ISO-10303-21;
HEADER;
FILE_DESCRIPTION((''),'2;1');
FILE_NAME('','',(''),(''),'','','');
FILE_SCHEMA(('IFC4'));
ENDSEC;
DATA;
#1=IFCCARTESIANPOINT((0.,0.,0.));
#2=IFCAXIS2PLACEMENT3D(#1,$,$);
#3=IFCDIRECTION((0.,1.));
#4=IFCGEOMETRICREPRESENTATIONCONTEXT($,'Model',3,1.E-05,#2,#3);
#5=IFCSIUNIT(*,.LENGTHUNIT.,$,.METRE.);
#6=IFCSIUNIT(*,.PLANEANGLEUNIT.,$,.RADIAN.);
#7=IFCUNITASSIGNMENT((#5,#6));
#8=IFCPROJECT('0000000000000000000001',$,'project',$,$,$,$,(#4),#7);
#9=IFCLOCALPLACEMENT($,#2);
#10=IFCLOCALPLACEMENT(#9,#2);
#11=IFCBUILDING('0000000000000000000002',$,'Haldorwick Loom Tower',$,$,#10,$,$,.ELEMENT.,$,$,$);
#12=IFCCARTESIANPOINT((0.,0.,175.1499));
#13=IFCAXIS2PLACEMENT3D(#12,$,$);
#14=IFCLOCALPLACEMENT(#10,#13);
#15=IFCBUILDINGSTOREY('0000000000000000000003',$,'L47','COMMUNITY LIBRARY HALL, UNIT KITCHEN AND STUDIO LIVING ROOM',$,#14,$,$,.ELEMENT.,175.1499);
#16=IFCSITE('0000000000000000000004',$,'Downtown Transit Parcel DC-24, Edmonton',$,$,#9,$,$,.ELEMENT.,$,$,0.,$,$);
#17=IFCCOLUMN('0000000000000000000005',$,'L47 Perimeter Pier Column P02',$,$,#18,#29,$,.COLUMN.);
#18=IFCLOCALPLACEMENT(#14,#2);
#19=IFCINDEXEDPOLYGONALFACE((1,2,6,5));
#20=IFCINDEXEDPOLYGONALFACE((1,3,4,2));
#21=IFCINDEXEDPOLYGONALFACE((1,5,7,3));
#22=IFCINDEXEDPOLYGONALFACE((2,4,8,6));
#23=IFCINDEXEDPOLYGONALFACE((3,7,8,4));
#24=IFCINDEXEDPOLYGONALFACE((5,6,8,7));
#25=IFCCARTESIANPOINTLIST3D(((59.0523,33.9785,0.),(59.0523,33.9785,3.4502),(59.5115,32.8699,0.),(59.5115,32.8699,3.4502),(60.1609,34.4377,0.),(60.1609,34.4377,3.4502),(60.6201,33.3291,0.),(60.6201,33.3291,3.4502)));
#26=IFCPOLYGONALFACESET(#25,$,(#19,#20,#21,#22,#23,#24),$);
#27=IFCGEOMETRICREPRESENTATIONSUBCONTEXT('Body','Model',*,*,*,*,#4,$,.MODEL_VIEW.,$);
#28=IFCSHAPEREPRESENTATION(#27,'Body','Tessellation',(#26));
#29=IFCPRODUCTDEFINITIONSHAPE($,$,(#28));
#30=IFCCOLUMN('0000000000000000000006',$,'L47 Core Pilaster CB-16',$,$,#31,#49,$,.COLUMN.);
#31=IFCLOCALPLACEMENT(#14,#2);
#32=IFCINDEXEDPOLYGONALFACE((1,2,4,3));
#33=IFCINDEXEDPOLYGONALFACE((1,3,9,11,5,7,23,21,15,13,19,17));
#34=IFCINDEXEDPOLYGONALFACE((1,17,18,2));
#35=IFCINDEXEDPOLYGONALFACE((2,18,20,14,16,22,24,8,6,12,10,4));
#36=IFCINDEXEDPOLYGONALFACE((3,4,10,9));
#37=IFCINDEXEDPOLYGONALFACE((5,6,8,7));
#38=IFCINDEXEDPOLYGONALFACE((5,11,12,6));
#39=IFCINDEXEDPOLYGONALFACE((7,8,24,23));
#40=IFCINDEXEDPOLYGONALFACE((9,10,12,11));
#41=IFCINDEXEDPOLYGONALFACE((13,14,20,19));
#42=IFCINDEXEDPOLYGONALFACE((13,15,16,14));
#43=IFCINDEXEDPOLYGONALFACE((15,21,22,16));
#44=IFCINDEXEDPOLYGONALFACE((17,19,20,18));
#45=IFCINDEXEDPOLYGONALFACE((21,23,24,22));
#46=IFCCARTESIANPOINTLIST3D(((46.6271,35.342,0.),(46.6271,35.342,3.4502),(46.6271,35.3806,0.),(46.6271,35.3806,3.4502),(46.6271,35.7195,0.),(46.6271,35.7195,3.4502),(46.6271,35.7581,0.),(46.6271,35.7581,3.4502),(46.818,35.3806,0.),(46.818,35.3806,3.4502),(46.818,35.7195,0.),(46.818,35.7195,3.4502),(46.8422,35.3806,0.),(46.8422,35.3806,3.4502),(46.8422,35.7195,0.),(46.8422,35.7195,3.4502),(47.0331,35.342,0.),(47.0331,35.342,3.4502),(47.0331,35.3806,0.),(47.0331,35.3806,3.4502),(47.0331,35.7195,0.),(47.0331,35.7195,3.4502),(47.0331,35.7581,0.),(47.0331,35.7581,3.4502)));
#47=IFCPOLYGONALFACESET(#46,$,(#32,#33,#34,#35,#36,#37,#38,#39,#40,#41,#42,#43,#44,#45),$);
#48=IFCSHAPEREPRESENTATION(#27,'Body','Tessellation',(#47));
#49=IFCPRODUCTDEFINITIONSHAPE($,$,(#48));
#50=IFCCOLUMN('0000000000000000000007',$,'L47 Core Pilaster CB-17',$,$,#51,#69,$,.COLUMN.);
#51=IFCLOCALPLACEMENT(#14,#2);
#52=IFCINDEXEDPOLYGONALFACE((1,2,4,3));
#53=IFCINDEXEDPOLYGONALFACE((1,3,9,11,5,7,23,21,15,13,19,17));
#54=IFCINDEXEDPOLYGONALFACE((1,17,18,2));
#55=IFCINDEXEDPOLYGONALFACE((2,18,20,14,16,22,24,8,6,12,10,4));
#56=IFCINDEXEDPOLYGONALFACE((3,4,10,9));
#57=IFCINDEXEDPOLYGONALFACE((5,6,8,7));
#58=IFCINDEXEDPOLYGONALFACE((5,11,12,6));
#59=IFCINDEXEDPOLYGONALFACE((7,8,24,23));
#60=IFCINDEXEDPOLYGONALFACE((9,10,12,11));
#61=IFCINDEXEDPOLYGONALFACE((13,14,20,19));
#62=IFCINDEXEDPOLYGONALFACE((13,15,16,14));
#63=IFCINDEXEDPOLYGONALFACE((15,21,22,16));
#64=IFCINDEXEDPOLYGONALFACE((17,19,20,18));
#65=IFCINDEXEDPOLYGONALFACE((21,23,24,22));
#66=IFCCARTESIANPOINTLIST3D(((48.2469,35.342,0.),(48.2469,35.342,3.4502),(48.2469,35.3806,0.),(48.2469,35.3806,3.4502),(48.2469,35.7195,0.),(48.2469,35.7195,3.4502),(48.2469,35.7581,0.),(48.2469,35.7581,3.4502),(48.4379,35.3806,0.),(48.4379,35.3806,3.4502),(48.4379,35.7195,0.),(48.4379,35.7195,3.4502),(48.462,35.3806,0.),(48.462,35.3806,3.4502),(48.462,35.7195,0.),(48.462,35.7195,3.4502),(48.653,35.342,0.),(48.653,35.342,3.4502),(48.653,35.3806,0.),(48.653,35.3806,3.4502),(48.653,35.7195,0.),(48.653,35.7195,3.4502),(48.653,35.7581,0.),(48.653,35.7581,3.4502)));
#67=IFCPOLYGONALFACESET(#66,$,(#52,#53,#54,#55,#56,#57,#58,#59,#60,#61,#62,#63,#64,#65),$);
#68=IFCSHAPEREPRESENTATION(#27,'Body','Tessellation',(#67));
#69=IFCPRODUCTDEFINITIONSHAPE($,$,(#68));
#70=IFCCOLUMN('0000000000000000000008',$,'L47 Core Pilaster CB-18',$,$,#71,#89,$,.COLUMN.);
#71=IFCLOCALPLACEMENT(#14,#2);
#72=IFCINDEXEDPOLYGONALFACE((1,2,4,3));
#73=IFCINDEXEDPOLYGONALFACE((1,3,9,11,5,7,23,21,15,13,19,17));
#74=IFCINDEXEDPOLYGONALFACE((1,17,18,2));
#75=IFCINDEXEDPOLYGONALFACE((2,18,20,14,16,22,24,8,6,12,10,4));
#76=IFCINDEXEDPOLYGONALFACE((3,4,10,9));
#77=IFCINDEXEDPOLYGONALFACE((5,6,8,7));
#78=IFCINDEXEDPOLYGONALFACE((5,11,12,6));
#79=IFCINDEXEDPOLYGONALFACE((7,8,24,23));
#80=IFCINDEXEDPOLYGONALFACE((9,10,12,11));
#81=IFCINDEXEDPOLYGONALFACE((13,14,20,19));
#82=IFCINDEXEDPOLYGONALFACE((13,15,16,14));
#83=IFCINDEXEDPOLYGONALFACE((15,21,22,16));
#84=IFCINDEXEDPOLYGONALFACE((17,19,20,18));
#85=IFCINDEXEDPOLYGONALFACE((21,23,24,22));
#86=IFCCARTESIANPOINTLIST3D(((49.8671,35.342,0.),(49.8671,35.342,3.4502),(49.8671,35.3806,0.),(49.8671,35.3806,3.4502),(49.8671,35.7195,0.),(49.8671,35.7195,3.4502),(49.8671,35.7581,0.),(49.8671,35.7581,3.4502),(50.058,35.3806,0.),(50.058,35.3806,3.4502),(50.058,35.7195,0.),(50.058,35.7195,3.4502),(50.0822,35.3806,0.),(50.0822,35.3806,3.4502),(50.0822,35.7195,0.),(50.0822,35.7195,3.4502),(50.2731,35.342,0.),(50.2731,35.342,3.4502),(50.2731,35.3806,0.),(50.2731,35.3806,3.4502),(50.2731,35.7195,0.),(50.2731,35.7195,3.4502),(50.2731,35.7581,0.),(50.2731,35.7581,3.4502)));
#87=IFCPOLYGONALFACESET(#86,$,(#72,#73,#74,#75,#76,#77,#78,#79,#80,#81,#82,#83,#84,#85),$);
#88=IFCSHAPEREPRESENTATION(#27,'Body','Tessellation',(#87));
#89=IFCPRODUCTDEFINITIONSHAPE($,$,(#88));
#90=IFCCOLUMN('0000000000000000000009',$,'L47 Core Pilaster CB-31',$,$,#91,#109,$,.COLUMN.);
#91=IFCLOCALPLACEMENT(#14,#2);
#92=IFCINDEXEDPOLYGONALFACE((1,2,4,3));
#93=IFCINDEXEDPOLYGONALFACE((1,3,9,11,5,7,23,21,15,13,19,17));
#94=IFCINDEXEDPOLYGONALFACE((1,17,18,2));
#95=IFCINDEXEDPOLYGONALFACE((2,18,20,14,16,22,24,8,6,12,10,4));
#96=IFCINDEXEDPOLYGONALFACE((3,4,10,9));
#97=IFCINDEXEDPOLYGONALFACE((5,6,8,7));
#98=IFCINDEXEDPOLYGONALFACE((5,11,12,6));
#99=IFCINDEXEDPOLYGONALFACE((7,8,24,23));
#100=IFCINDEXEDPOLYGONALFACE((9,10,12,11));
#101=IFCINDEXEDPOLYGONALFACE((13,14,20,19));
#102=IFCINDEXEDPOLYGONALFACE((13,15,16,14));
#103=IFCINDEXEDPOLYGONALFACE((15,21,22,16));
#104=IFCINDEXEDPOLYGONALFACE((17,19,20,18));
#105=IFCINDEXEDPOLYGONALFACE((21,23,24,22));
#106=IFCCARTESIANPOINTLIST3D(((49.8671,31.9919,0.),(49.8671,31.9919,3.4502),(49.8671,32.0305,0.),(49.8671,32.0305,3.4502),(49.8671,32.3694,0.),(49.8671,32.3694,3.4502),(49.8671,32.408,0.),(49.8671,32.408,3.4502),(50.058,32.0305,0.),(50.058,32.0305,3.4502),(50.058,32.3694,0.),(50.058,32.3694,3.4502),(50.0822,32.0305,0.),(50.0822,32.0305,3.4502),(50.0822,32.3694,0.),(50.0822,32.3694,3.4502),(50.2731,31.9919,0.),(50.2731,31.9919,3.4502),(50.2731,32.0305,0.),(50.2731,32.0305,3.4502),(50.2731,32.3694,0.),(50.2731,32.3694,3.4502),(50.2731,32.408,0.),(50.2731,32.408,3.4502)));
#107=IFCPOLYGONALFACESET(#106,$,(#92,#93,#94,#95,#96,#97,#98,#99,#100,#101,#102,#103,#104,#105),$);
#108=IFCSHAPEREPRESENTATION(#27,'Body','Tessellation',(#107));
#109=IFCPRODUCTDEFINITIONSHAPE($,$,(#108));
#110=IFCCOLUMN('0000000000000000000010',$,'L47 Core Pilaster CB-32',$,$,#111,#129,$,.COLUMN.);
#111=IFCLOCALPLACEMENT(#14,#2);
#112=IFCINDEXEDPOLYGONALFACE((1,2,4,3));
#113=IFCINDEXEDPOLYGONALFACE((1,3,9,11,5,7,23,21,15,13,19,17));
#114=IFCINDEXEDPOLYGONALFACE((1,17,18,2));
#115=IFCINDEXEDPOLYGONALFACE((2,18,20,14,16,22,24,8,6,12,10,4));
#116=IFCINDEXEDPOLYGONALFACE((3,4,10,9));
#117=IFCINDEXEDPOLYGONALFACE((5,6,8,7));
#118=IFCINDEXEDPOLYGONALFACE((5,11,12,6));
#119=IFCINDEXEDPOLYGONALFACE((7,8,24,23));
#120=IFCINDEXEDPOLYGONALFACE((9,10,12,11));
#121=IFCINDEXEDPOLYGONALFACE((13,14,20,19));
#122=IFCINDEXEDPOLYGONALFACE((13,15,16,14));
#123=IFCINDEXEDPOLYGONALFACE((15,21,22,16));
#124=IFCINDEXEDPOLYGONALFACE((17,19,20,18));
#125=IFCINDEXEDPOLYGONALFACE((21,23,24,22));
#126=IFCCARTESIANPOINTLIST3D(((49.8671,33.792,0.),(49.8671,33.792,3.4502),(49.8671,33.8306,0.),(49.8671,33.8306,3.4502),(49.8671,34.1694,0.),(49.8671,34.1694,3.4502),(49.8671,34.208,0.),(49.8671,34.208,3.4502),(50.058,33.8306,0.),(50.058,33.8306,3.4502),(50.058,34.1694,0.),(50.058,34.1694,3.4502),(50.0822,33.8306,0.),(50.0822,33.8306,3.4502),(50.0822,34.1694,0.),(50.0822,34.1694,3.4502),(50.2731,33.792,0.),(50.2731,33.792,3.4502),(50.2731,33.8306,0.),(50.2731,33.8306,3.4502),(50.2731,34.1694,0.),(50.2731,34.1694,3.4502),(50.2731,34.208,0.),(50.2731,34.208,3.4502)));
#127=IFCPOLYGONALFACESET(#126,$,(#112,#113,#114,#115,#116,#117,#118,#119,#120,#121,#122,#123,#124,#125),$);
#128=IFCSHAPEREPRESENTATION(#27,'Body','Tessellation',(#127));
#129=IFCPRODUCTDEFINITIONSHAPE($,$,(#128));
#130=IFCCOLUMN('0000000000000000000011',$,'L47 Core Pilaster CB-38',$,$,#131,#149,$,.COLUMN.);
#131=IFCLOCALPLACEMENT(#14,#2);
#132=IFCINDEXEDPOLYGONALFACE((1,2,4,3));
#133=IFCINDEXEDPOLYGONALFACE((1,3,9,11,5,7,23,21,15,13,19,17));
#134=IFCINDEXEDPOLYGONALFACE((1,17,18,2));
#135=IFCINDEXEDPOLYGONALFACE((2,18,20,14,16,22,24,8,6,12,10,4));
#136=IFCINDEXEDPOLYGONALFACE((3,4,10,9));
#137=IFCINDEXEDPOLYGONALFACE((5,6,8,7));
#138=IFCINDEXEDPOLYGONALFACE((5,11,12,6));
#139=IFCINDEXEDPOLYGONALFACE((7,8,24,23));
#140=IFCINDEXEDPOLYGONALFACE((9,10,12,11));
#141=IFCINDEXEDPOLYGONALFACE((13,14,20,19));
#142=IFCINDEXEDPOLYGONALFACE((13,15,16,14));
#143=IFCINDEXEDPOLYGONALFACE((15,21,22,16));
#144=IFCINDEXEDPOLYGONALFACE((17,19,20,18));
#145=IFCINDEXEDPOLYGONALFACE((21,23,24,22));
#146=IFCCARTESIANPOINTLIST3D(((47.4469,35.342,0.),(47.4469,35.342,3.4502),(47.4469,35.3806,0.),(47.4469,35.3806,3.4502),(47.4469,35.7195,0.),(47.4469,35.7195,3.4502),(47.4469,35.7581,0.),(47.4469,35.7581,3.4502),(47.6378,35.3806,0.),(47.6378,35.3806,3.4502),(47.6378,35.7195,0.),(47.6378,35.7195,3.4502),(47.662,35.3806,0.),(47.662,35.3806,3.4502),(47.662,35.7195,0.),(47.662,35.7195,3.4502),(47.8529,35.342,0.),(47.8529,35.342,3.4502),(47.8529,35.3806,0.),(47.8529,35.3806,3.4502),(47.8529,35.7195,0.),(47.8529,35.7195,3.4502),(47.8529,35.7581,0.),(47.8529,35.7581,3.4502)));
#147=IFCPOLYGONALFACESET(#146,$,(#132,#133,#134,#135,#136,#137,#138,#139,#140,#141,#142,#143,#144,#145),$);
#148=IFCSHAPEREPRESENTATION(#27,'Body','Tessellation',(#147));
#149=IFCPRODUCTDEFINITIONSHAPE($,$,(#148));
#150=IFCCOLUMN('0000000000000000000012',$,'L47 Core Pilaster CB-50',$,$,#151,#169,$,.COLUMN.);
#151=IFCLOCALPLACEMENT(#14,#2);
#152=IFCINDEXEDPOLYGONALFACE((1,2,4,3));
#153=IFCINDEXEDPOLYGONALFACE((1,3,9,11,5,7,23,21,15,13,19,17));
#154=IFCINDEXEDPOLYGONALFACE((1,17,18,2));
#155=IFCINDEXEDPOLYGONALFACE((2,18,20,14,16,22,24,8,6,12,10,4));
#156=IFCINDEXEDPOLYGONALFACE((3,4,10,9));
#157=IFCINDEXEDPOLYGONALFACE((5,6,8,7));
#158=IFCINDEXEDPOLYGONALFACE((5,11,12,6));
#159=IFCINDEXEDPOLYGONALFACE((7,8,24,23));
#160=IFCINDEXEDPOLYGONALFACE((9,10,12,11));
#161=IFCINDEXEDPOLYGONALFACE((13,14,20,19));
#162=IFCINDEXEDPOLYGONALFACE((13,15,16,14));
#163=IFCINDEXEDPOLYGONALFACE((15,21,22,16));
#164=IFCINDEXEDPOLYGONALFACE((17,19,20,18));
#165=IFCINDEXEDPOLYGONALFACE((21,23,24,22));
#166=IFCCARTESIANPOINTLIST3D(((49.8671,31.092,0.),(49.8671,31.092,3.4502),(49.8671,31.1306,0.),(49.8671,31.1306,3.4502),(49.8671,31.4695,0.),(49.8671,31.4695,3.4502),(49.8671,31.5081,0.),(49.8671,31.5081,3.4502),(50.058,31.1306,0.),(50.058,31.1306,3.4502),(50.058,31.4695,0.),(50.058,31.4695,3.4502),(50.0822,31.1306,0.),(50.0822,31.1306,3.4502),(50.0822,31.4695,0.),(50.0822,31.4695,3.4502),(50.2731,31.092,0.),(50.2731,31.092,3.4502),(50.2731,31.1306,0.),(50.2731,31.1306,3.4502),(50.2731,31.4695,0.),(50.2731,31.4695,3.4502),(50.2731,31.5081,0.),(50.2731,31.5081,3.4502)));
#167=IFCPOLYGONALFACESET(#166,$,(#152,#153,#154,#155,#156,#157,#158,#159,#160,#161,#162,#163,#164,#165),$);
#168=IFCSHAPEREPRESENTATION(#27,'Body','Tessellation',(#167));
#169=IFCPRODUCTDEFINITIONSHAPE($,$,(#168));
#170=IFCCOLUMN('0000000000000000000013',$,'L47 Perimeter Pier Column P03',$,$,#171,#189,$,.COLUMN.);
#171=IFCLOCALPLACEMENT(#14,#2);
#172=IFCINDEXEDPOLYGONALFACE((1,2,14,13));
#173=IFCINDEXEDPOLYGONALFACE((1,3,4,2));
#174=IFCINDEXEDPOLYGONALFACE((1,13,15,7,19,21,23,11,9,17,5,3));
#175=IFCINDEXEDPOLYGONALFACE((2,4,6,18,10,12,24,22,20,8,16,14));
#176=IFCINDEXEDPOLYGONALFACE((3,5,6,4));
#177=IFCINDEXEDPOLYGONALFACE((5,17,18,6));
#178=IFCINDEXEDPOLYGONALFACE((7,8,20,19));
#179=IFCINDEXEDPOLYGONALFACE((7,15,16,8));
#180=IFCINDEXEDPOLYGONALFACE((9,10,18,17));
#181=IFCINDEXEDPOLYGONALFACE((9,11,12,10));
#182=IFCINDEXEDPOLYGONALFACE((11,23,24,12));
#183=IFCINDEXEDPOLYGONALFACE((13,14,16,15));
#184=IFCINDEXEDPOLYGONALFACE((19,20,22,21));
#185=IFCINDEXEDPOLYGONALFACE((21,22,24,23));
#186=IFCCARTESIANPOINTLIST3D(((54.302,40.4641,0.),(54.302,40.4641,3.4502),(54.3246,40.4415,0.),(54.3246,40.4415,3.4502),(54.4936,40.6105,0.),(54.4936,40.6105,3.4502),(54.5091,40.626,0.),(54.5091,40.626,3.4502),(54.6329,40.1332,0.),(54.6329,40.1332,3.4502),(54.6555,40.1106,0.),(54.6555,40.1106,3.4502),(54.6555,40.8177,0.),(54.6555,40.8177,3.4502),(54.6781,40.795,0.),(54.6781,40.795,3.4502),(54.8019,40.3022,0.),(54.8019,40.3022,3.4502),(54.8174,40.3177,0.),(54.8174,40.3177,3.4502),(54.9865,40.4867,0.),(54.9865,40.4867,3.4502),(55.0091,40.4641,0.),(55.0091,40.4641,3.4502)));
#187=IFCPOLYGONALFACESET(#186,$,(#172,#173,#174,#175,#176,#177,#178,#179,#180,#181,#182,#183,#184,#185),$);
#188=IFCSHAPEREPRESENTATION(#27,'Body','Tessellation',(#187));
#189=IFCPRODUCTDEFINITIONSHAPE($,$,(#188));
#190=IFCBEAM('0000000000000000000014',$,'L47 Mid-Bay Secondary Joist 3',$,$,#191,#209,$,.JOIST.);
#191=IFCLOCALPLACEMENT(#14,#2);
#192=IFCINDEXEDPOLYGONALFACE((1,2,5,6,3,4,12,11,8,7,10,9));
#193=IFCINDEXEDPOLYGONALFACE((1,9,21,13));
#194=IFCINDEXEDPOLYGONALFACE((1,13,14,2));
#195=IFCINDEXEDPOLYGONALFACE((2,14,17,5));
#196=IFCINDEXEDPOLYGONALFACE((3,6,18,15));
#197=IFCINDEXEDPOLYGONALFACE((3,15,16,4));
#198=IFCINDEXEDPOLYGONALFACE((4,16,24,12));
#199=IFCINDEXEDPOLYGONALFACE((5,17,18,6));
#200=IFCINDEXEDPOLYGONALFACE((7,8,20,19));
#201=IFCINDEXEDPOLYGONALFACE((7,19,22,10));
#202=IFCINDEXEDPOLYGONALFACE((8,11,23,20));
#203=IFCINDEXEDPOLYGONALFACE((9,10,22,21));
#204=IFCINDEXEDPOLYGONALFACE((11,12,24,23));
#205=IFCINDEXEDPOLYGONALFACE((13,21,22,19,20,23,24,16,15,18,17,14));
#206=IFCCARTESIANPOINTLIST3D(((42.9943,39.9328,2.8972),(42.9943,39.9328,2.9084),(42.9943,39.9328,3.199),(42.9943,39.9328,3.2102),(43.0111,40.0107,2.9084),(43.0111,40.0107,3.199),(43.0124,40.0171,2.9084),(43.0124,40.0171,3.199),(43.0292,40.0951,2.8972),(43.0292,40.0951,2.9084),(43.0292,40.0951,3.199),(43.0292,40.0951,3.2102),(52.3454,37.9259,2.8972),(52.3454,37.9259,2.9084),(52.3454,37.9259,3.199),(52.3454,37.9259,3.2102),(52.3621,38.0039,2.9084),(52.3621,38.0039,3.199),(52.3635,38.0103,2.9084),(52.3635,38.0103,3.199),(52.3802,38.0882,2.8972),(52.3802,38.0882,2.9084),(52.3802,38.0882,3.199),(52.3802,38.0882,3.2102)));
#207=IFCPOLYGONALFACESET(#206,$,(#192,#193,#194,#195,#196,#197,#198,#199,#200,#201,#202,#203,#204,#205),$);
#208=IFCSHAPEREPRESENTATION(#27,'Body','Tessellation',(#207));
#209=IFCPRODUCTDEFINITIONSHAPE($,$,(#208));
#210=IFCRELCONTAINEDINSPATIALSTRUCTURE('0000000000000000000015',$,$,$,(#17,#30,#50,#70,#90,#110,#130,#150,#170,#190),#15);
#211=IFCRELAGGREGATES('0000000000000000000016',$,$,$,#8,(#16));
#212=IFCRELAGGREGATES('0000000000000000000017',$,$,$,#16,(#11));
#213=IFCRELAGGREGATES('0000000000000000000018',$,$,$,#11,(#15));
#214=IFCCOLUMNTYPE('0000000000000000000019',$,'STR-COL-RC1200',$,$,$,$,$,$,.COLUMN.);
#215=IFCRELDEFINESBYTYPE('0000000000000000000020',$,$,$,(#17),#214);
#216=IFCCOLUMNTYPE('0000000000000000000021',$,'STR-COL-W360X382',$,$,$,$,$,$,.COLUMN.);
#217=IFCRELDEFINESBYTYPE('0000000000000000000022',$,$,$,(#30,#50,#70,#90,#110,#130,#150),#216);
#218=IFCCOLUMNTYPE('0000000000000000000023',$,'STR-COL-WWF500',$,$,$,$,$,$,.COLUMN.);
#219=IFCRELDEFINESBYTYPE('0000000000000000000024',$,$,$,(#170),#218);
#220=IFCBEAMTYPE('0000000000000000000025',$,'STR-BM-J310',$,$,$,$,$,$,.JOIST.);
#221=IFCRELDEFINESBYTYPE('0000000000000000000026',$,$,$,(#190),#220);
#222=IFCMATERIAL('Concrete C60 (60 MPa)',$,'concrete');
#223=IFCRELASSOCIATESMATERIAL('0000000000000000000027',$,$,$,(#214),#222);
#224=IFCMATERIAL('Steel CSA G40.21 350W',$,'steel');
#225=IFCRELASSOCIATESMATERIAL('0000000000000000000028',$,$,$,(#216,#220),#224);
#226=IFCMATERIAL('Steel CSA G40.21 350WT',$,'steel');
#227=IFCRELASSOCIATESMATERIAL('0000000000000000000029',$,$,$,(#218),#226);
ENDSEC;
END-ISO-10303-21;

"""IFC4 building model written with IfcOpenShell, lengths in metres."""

from ifc_helpers import new_model, si_unit, direction, frame, origin, origin_2d, place, context, subcontext, project, spatial, rectangle, i_section, extrude, material, material_profile, profile_set, type_object, element, save


model = new_model("IFC4")

# Units and contexts
model_context = context("Model", 3, precision=1e-05, world=origin(), true_north=direction((0.0, 1.0)))
body_context = subcontext(model_context, "Body", "Model", "MODEL_VIEW")
ifc_project = project(units=[si_unit("LENGTHUNIT", "METRE"), si_unit("PLANEANGLEUNIT", "RADIAN")], contexts=[model_context])

# Site, building, storey
site_placement = place(None, origin())
site = spatial("IfcSite", under=ifc_project, at=site_placement, Name="Downtown Transit Parcel DC-24, Edmonton", CompositionType="ELEMENT", RefElevation=0.0)
building_placement = place(site_placement, origin())
building = spatial("IfcBuilding", under=site, at=building_placement, Name="Haldorwick Loom Tower", CompositionType="ELEMENT")
storey_placement = place(building_placement, frame((0.0, 0.0, 175.1499)))
storey = spatial("IfcBuildingStorey", under=building, at=storey_placement, Name="L47", Description="COMMUNITY LIBRARY HALL, UNIT KITCHEN AND STUDIO LIVING ROOM", CompositionType="ELEMENT", Elevation=175.1499)

# Columns
ifc_material_1 = material(Name="Concrete C60 (60 MPa)", Category="concrete")
ifc_material_profile_1 = material_profile(ifc_material_1, rectangle(XDim=1.2, YDim=1.2, at=origin_2d()), Name="RC1200X1200", Category="concrete")
ifc_profile_set_1 = profile_set([ifc_material_profile_1], Name="Concrete C60 (60 MPa)")
column_type_1 = type_object("IfcColumnType", Name="STR-COL-RC1200", PredefinedType="COLUMN", material=ifc_profile_set_1)
column_1_placement = place(storey_placement, frame((59.8362, 33.6538, 0.0), z_axis=(0.0, 0.0, 1.0), x_axis=(0.92388, 0.382683, 0.0)))
element("IfcColumn", 1, at=column_1_placement, inside=storey, type_object=column_type_1, Name="L47 Perimeter Pier Column P02", PredefinedType="COLUMN", context=body_context, shape_type="SweptSolid", body=[
    extrude(rectangle(XDim=1.2, YDim=1.2, at=origin_2d()), origin(), (0.0, 0.0, 1.0), 3.4502),
])
ifc_material_2 = material(Name="Steel CSA G40.21 350W", Category="steel")
ifc_material_profile_2 = material_profile(ifc_material_2, i_section(OverallWidth=0.406, OverallDepth=0.416, WebThickness=0.0242, FlangeThickness=0.0386, at=origin_2d()), Name="W360X382", Category="steel")
ifc_profile_set_2 = profile_set([ifc_material_profile_2], Name="Steel CSA G40.21 350W")
column_type_2 = type_object("IfcColumnType", Name="STR-COL-W360X382", PredefinedType="COLUMN", material=ifc_profile_set_2)
for number, where, z_axis, x_axis, name in (
    (2, (46.8301, 35.55, 0.0), (0.0, 0.0, 1.0), (1.0, 0.0, 0.0), "L47 Core Pilaster CB-16"),
    (3, (48.45, 35.55, 0.0), (0.0, 0.0, 1.0), (1.0, 0.0, 0.0), "L47 Core Pilaster CB-17"),
    (4, (50.0701, 35.55, 0.0), (0.0, 0.0, 1.0), (1.0, 0.0, 0.0), "L47 Core Pilaster CB-18"),
    (5, (50.0701, 32.2, 0.0), (0.0, 0.0, 1.0), (1.0, 0.0, 0.0), "L47 Core Pilaster CB-31"),
    (6, (50.0701, 34.0, 0.0), (0.0, 0.0, 1.0), (1.0, 0.0, 0.0), "L47 Core Pilaster CB-32"),
    (7, (47.6499, 35.55, 0.0), (0.0, 0.0, 1.0), (1.0, 0.0, 0.0), "L47 Core Pilaster CB-38"),
    (8, (50.0701, 31.3, 0.0), (0.0, 0.0, 1.0), (1.0, 0.0, 0.0), "L47 Core Pilaster CB-50"),
):
    element("IfcColumn", number, at=place(storey_placement, frame(where, z_axis=z_axis, x_axis=x_axis)), inside=storey, type_object=column_type_2, Name=name, PredefinedType="COLUMN", context=body_context, shape_type="SweptSolid", body=[
        extrude(i_section(OverallWidth=0.406, OverallDepth=0.416, WebThickness=0.0242, FlangeThickness=0.0386, at=origin_2d()), origin(), (0.0, 0.0, 1.0), 3.4502),
    ])
ifc_material_3 = material(Name="Steel CSA G40.21 350WT", Category="steel")
ifc_material_profile_3 = material_profile(ifc_material_3, i_section(OverallWidth=0.5, OverallDepth=0.5, WebThickness=0.022, FlangeThickness=0.032, at=origin_2d()), Name="WWF500X500", Category="steel")
ifc_profile_set_3 = profile_set([ifc_material_profile_3], Name="Steel CSA G40.21 350WT")
column_type_3 = type_object("IfcColumnType", Name="STR-COL-WWF500", PredefinedType="COLUMN", material=ifc_profile_set_3)
column_2_placement = place(storey_placement, frame((54.6555, 40.4641, 0.0), z_axis=(0.0, 0.0, 1.0), x_axis=(0.707107, 0.707107, 0.0)))
element("IfcColumn", 9, at=column_2_placement, inside=storey, type_object=column_type_3, Name="L47 Perimeter Pier Column P03", PredefinedType="COLUMN", context=body_context, shape_type="SweptSolid", body=[
    extrude(i_section(OverallWidth=0.5, OverallDepth=0.5, WebThickness=0.022, FlangeThickness=0.032, at=origin_2d()), origin(), (0.0, 0.0, 1.0), 3.4502),
])

# Beam
ifc_material_profile_4 = material_profile(ifc_material_2, i_section(OverallWidth=0.166, OverallDepth=0.313, WebThickness=0.0066, FlangeThickness=0.0112, at=origin_2d()), Name="W310X45", Category="steel")
ifc_profile_set_4 = profile_set([ifc_material_profile_4], Name="Steel CSA G40.21 350W")
beam_type_1 = type_object("IfcBeamType", Name="STR-BM-J310", PredefinedType="JOIST", material=ifc_profile_set_4)
beam_1_placement = place(storey_placement, frame((52.3628, 38.0071, 3.0537), z_axis=(-0.977737, 0.209832, 0.0), x_axis=(-0.209832, -0.977737, 0.0)))
element("IfcBeam", 10, at=beam_1_placement, inside=storey, type_object=beam_type_1, Name="L47 Mid-Bay Secondary Joist 3", PredefinedType="JOIST", context=body_context, shape_type="SweptSolid", body=[
    extrude(i_section(OverallWidth=0.166, OverallDepth=0.313, WebThickness=0.0066, FlangeThickness=0.0112, at=origin_2d()), origin(), (0.0, 0.0, 1.0), 9.564),
])

save(model, "model.ifc")
